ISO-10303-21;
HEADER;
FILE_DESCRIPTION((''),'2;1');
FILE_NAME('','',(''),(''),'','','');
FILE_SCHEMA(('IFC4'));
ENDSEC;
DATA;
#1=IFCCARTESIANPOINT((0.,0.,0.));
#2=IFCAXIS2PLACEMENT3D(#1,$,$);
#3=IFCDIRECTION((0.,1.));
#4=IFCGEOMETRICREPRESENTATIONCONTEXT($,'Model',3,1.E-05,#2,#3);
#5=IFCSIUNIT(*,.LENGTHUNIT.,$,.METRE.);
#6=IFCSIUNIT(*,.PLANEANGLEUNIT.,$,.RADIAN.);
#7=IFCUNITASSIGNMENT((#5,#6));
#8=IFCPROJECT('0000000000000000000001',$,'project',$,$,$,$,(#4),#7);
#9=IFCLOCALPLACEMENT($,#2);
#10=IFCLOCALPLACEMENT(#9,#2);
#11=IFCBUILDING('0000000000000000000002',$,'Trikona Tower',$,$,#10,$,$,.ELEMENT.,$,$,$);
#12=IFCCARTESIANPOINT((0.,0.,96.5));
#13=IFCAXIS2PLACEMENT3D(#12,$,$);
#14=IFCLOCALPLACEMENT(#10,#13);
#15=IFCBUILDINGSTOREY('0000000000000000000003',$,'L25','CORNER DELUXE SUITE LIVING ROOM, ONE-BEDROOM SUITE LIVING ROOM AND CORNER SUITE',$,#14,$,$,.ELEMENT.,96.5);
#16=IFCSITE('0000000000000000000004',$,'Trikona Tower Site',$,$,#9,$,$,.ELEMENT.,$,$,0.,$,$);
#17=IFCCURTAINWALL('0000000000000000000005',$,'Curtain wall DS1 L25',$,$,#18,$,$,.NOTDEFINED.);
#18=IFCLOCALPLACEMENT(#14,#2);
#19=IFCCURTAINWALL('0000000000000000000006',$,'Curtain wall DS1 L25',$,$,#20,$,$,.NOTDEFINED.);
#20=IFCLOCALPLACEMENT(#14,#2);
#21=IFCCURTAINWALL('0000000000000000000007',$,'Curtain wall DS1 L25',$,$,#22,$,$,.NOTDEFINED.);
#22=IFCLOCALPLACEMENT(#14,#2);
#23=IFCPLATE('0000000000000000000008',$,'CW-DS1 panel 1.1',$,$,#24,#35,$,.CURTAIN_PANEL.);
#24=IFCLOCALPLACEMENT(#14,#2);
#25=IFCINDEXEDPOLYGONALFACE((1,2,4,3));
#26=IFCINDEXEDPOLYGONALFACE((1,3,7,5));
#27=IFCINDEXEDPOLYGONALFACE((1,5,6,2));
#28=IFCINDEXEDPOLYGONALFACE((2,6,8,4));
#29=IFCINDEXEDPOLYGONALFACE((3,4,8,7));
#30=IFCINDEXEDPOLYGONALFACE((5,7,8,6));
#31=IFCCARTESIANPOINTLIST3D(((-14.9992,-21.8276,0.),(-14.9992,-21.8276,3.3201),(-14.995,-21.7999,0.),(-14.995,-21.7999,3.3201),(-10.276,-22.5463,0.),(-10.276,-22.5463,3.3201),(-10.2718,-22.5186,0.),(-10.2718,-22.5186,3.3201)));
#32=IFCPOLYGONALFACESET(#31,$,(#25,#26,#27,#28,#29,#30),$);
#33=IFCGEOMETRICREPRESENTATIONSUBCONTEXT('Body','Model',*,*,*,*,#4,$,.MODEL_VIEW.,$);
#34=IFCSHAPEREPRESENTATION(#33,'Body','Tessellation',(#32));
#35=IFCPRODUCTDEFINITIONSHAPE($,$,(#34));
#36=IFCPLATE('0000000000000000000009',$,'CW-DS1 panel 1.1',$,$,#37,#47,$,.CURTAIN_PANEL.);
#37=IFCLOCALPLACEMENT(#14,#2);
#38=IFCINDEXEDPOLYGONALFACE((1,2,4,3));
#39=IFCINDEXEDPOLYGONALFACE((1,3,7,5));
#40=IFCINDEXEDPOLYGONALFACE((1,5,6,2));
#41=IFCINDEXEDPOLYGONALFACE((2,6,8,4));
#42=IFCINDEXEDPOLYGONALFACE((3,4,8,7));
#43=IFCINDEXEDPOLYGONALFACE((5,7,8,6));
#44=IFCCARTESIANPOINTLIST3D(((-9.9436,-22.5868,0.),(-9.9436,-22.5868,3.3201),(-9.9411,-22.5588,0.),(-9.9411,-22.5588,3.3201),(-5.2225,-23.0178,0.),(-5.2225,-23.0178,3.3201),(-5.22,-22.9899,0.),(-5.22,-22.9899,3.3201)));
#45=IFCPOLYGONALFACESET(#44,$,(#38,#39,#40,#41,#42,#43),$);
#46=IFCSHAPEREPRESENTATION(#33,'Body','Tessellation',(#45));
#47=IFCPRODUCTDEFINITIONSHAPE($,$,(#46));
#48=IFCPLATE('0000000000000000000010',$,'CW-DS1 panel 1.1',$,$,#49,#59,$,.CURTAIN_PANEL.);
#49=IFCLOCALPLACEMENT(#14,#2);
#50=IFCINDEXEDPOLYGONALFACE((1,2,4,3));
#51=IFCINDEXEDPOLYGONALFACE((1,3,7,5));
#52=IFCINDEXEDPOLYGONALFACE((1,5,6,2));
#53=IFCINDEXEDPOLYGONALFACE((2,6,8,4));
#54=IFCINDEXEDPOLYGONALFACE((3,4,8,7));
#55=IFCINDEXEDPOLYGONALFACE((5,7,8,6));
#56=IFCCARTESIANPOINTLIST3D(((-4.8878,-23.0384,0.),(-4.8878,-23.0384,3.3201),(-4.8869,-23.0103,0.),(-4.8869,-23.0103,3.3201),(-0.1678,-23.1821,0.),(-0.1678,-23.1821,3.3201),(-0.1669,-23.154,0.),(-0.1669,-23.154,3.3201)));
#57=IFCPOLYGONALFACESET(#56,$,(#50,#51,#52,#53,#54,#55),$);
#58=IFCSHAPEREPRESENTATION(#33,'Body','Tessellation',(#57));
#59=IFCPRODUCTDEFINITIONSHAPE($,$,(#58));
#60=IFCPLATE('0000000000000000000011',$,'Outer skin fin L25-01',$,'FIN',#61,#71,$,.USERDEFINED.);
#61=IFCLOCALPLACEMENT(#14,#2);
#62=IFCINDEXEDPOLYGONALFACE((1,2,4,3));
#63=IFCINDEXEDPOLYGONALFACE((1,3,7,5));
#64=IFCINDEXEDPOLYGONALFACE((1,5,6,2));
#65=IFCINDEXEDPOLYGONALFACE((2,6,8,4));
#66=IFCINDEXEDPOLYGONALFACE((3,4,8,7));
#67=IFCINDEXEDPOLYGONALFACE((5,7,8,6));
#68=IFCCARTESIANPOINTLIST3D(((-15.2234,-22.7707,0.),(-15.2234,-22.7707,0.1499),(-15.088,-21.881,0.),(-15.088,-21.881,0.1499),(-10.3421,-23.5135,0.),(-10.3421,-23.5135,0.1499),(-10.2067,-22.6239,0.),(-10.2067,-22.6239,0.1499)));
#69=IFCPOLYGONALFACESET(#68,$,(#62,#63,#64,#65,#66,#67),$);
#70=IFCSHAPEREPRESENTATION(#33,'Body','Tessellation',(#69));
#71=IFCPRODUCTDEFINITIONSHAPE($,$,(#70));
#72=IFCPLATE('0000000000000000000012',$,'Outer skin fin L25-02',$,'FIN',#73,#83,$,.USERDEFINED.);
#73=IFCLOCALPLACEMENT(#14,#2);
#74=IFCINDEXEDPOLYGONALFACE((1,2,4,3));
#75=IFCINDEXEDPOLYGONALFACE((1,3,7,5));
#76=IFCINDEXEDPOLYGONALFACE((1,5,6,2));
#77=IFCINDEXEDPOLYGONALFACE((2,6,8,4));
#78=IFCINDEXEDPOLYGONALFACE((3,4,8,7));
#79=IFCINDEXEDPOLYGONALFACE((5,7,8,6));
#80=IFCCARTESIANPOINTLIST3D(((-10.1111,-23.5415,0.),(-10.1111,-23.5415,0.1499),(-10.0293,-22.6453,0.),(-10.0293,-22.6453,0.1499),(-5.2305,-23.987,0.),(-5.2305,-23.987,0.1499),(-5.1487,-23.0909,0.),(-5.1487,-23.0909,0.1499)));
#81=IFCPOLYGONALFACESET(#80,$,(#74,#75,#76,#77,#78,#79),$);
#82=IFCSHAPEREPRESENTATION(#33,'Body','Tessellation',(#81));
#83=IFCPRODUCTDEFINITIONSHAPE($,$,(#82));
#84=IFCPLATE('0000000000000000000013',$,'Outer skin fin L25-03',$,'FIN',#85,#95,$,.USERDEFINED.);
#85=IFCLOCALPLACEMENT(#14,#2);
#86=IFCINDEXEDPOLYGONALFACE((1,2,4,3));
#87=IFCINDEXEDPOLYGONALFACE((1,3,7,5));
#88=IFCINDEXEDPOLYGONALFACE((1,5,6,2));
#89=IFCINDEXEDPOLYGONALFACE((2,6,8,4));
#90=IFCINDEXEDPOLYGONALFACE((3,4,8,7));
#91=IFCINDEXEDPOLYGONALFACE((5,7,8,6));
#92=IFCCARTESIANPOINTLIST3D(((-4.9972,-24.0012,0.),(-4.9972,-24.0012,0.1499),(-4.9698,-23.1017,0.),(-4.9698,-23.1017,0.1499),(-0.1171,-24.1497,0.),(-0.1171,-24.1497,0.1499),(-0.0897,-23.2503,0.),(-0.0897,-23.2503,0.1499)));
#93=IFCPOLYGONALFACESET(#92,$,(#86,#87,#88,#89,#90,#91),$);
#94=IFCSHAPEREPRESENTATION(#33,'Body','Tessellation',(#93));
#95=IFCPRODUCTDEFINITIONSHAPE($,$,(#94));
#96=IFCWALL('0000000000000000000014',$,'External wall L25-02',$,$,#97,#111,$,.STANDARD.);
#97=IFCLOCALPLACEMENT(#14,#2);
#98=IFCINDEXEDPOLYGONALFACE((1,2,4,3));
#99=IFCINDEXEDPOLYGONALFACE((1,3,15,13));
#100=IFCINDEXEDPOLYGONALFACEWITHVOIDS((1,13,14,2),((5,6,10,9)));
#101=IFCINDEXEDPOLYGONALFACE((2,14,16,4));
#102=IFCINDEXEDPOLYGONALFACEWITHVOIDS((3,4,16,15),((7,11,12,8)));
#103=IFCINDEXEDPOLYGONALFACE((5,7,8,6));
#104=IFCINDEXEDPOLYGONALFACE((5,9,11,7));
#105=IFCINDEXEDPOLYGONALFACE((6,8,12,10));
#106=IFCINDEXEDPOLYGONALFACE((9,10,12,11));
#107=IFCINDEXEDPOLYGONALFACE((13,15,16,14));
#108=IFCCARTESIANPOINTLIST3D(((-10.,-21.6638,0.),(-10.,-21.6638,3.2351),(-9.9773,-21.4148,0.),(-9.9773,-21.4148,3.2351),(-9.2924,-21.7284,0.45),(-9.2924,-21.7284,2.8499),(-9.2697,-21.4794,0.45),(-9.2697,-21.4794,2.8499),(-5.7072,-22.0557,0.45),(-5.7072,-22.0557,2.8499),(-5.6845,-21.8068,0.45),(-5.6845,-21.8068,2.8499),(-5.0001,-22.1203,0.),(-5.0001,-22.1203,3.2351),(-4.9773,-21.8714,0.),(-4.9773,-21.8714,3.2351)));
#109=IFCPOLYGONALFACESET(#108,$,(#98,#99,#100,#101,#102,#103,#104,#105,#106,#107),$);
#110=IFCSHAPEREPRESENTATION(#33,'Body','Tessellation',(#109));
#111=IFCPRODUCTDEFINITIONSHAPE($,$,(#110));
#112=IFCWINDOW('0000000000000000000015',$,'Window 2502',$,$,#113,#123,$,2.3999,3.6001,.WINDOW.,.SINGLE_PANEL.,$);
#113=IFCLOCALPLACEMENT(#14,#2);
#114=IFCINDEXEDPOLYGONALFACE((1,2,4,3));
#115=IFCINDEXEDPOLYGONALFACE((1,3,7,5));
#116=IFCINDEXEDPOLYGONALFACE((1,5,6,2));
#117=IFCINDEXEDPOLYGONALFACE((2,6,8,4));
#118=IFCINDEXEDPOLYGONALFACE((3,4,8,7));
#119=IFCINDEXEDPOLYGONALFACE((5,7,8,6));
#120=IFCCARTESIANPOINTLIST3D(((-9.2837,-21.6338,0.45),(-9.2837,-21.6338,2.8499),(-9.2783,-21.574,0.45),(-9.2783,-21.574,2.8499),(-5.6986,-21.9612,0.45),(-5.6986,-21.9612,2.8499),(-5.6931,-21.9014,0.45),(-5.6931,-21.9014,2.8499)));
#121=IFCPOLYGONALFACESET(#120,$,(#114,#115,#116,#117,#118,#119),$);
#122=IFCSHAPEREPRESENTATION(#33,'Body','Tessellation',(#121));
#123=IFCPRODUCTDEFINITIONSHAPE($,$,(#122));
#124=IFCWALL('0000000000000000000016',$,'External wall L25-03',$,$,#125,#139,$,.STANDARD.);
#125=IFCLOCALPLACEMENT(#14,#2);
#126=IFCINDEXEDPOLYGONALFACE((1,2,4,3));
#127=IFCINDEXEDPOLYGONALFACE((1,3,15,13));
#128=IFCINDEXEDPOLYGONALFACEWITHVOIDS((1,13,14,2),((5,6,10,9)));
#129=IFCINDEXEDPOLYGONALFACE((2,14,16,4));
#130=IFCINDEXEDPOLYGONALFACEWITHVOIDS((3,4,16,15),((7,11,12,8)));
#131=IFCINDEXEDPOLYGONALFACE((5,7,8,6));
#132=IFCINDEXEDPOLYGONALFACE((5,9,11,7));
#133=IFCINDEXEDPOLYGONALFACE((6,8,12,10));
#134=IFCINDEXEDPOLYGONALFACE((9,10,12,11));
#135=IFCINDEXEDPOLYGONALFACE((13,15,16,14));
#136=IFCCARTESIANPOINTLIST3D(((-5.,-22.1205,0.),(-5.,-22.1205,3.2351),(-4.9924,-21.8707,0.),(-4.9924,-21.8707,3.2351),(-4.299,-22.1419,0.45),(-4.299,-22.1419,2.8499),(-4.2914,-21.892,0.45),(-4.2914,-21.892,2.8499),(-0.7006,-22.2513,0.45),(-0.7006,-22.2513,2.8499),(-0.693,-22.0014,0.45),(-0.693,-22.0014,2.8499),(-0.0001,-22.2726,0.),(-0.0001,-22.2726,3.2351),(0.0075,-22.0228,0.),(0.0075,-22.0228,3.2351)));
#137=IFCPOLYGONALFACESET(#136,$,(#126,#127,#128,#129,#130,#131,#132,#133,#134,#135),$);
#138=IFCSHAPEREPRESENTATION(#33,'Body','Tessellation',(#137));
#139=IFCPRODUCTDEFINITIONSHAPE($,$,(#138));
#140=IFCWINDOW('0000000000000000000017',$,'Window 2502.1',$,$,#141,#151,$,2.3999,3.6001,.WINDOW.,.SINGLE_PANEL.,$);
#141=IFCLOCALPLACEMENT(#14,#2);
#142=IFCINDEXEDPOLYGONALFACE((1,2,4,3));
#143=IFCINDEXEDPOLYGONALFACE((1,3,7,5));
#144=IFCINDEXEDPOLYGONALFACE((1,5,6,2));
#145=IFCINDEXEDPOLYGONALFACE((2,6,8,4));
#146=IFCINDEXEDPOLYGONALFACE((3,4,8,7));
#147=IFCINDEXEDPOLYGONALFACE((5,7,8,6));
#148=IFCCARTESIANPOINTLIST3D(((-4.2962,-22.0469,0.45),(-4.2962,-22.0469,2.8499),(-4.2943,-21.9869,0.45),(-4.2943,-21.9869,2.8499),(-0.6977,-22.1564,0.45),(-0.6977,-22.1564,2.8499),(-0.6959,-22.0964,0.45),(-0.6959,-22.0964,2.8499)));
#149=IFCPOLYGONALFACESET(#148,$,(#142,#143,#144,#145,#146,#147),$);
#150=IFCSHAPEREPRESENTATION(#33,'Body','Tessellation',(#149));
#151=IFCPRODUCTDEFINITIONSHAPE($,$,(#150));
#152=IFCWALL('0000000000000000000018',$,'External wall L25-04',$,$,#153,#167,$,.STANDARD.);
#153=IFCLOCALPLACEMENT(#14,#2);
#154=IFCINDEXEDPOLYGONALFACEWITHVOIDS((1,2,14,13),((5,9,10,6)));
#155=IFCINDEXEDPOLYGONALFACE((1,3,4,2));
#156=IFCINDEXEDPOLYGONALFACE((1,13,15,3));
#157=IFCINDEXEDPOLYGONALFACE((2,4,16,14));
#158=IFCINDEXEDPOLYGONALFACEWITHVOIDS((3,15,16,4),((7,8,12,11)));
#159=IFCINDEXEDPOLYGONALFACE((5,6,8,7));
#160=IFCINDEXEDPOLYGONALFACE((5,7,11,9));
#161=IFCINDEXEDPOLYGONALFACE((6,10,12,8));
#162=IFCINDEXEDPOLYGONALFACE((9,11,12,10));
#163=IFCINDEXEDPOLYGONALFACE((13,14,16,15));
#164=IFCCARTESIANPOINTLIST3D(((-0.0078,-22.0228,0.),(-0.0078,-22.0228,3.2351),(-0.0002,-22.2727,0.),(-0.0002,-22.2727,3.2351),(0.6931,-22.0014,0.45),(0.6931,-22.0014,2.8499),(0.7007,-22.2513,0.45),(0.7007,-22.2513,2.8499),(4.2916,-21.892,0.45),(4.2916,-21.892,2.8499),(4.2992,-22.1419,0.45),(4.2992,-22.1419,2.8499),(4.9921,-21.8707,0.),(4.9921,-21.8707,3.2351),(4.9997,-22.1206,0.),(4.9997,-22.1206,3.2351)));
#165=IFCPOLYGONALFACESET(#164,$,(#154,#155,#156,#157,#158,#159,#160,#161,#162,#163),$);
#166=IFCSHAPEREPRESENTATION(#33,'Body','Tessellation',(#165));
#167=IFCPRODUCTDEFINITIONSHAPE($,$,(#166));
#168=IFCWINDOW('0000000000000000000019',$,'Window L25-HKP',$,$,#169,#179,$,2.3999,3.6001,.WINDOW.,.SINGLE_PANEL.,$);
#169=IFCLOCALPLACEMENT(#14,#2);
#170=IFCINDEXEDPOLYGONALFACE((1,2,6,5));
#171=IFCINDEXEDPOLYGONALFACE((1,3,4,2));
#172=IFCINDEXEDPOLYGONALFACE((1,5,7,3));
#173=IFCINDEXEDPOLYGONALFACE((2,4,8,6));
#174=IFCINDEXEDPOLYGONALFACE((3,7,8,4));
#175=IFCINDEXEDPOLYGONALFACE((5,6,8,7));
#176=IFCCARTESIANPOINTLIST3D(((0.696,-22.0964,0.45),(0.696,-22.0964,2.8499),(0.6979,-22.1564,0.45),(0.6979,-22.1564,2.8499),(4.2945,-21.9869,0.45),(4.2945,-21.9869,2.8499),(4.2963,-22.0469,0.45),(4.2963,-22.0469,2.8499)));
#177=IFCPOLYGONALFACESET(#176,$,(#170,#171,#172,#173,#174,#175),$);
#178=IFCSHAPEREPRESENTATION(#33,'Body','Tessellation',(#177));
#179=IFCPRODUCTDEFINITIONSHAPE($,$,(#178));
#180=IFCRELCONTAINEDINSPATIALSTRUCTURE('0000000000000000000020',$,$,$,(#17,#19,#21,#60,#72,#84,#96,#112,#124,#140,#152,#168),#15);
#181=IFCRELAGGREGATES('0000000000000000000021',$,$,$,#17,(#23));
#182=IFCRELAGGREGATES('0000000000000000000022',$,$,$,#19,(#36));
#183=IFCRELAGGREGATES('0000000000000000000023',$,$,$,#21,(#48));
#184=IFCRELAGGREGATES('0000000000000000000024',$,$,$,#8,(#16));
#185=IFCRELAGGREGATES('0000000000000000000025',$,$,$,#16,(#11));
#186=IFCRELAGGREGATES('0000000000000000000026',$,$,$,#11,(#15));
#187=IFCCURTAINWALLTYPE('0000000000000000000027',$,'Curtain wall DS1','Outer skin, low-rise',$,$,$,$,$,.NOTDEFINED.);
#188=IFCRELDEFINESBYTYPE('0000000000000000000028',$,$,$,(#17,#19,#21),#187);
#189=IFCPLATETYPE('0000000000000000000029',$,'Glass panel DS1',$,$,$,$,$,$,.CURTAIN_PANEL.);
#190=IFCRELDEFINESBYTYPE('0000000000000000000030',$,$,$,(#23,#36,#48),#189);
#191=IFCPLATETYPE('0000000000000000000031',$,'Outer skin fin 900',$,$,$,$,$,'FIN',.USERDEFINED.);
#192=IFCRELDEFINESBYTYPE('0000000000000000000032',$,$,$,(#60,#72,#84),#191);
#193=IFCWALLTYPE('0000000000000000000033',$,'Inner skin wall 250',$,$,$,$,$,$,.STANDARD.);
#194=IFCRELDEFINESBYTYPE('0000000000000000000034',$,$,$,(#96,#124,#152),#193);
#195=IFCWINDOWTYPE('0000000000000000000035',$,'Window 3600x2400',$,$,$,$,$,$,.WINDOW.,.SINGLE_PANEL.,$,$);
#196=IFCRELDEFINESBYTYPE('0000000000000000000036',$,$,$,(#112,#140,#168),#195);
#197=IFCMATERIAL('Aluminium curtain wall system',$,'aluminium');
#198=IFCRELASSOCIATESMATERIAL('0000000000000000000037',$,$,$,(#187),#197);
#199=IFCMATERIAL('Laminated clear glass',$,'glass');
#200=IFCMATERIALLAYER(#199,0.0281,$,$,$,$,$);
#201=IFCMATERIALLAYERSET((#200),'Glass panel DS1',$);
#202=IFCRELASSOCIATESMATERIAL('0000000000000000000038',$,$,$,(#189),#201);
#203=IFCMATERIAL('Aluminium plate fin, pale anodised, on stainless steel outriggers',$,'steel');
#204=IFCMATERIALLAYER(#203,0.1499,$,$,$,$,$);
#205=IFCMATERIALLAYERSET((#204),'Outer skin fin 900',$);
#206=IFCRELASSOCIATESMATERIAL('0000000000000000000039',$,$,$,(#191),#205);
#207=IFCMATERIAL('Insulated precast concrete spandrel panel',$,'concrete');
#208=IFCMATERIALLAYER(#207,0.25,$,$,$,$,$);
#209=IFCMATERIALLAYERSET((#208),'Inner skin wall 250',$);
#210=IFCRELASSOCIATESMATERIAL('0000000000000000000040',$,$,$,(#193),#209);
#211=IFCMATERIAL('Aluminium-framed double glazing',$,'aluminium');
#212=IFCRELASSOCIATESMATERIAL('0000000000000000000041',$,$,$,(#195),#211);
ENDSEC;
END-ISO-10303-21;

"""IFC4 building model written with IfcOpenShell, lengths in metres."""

from ifc_helpers import new_model, si_unit, direction, frame, frame_2d, origin, origin_2d, place, context, subcontext, project, spatial, rectangle, extrude, material, layer, layer_set, type_object, element, fill, aggregate, save


model = new_model("IFC4")

# Units and contexts
model_context = context("Model", 3, precision=1e-05, world=origin(), true_north=direction((0.0, 1.0)))
body_context = subcontext(model_context, "Body", "Model", "MODEL_VIEW")
ifc_project = project(units=[si_unit("LENGTHUNIT", "METRE"), si_unit("PLANEANGLEUNIT", "RADIAN")], contexts=[model_context])

# Site, building, storey
site_placement = place(None, origin())
site = spatial("IfcSite", under=ifc_project, at=site_placement, Name="Trikona Tower Site", CompositionType="ELEMENT", RefElevation=0.0)
building_placement = place(site_placement, origin())
building = spatial("IfcBuilding", under=site, at=building_placement, Name="Trikona Tower", CompositionType="ELEMENT")
storey_placement = place(building_placement, frame((0.0, 0.0, 96.5)))
storey = spatial("IfcBuildingStorey", under=building, at=storey_placement, Name="L25", Description="CORNER DELUXE SUITE LIVING ROOM, ONE-BEDROOM SUITE LIVING ROOM AND CORNER SUITE", CompositionType="ELEMENT", Elevation=96.5)

# Curtain wall
ifc_material_1 = material(Name="Aluminium curtain wall system", Category="aluminium")
curtain_wall_type = type_object("IfcCurtainWallType", Name="Curtain wall DS1", Description="Outer skin, low-rise", PredefinedType="NOTDEFINED", material=ifc_material_1)
curtain_wall_1_placement = place(storey_placement, origin())
curtain_wall_1 = element("IfcCurtainWall", 1, at=curtain_wall_1_placement, inside=storey, type_object=curtain_wall_type, Name="Curtain wall DS1 L25", PredefinedType="NOTDEFINED")

# Curtain walls
curtain_wall_2_placement = place(storey_placement, origin())
curtain_wall_2 = element("IfcCurtainWall", 2, at=curtain_wall_2_placement, inside=storey, type_object=curtain_wall_type, Name="Curtain wall DS1 L25", PredefinedType="NOTDEFINED")
curtain_wall_3_placement = place(storey_placement, origin())
curtain_wall_3 = element("IfcCurtainWall", 3, at=curtain_wall_3_placement, inside=storey, type_object=curtain_wall_type, Name="Curtain wall DS1 L25", PredefinedType="NOTDEFINED")

# Plates
ifc_material_2 = material(Name="Laminated clear glass", Category="glass")
ifc_layer_1 = layer(ifc_material_2, 0.0281)
ifc_layer_set_1 = layer_set([ifc_layer_1], Name="Glass panel DS1")
plate_type_1 = type_object("IfcPlateType", Name="Glass panel DS1", PredefinedType="CURTAIN_PANEL", material=ifc_layer_set_1)
plate_1_placement = place(storey_placement, frame((-12.6355, -22.1731, 0.0), z_axis=(0.0, 0.0, 1.0), x_axis=(0.988619, -0.150438, 0.0)))
plate_1 = element("IfcPlate", 4, at=plate_1_placement, type_object=plate_type_1, Name="CW-DS1 panel 1.1", PredefinedType="CURTAIN_PANEL", context=body_context, shape_type="SweptSolid", body=[
    extrude(rectangle(XDim=4.7776, YDim=0.0281, at=origin_2d()), origin(), (0.0, 0.0, 1.0), 3.3201),
])
aggregate(curtain_wall_1, [plate_1])
plate_2_placement = place(storey_placement, frame((-7.5818, -22.7883, 0.0), z_axis=(0.0, 0.0, 1.0), x_axis=(0.995858, -0.090924, 0.0)))
plate_2 = element("IfcPlate", 5, at=plate_2_placement, type_object=plate_type_1, Name="CW-DS1 panel 1.1", PredefinedType="CURTAIN_PANEL", context=body_context, shape_type="SweptSolid", body=[
    extrude(rectangle(XDim=4.7407, YDim=0.0281, at=origin_2d()), origin(), (0.0, 0.0, 1.0), 3.3201),
])
aggregate(curtain_wall_2, [plate_2])
plate_3_placement = place(storey_placement, frame((-2.5273, -23.0962, 0.0), z_axis=(0.0, 0.0, 1.0), x_axis=(0.999537, -0.030437, 0.0)))
plate_3 = element("IfcPlate", 6, at=plate_3_placement, type_object=plate_type_1, Name="CW-DS1 panel 1.1", PredefinedType="CURTAIN_PANEL", context=body_context, shape_type="SweptSolid", body=[
    extrude(rectangle(XDim=4.7222, YDim=0.0281, at=origin_2d()), origin(), (0.0, 0.0, 1.0), 3.3201),
])
aggregate(curtain_wall_3, [plate_3])

# Plates
ifc_material_3 = material(Name="Aluminium plate fin, pale anodised, on stainless steel outriggers", Category="steel")
ifc_layer_2 = layer(ifc_material_3, 0.1499)
ifc_layer_set_2 = layer_set([ifc_layer_2], Name="Outer skin fin 900")
plate_type_2 = type_object("IfcPlateType", Name="Outer skin fin 900", ElementType="FIN", PredefinedType="USERDEFINED", material=ifc_layer_set_2)
plate_4_placement = place(storey_placement, frame((-12.7151, -22.6973, 0.0), z_axis=(0.0, 0.0, 1.0), x_axis=(0.988618, -0.150448, 0.0)))
element("IfcPlate", 7, at=plate_4_placement, inside=storey, type_object=plate_type_2, Name="Outer skin fin L25-01", ObjectType="FIN", PredefinedType="USERDEFINED", context=body_context, shape_type="SweptSolid", body=[
    extrude(rectangle(XDim=4.9375, YDim=0.8999, at=origin_2d()), origin(), (0.0, 0.0, 1.0), 0.1499),
])
plate_5_placement = place(storey_placement, frame((-7.6299, -23.3162, 0.0), z_axis=(0.0, 0.0, 1.0), x_axis=(0.995858, -0.090921, 0.0)))
element("IfcPlate", 8, at=plate_5_placement, inside=storey, type_object=plate_type_2, Name="Outer skin fin L25-02", ObjectType="FIN", PredefinedType="USERDEFINED", context=body_context, shape_type="SweptSolid", body=[
    extrude(rectangle(XDim=4.9009, YDim=0.8999, at=origin_2d()), origin(), (0.0, 0.0, 1.0), 0.1499),
])
plate_6_placement = place(storey_placement, frame((-2.5435, -23.6257, 0.0), z_axis=(0.0, 0.0, 1.0), x_axis=(0.999537, -0.030425, 0.0)))
element("IfcPlate", 9, at=plate_6_placement, inside=storey, type_object=plate_type_2, Name="Outer skin fin L25-03", ObjectType="FIN", PredefinedType="USERDEFINED", context=body_context, shape_type="SweptSolid", body=[
    extrude(rectangle(XDim=4.8823, YDim=0.8999, at=origin_2d()), origin(), (0.0, 0.0, 1.0), 0.1499),
])

# Walls, openings, windows
ifc_material_4 = material(Name="Insulated precast concrete spandrel panel", Category="concrete")
ifc_layer_3 = layer(ifc_material_4, 0.25)
ifc_layer_set_3 = layer_set([ifc_layer_3], Name="Inner skin wall 250")
wall_type = type_object("IfcWallType", Name="Inner skin wall 250", PredefinedType="STANDARD", material=ifc_layer_set_3)
wall_1_placement = place(storey_placement, frame((-9.9885, -21.5393, 0.0), z_axis=(0.0, 0.0, 1.0), x_axis=(0.995857, -0.09093, 0.0)))
wall_1 = element("IfcWall", 10, at=wall_1_placement, inside=storey, type_object=wall_type, Name="External wall L25-02", PredefinedType="STANDARD", context=body_context, shape_type="SweptSolid", body=[
    extrude(rectangle(XDim=5.0208, YDim=0.25, at=frame_2d((2.5103, 0.0))), origin(), (0.0, 0.0, 1.0), 3.2351),
])
opening_1_placement = place(wall_1_placement, frame((0.7104, 0.0, 0.45)))
opening_1 = element("IfcOpeningElement", 11, at=opening_1_placement, cuts=wall_1, PredefinedType="OPENING", context=body_context, shape_type="SweptSolid", body=[
    extrude(rectangle(XDim=3.6001, YDim=2.3999, at=frame_2d((1.8, 1.2))), frame((0.0, 0.135, 0.0), z_axis=(0.0, -1.0, 0.0), x_axis=(1.0, 0.0, 0.0)), (0.0, 0.0, 1.0), 0.27),
])
ifc_material_5 = material(Name="Aluminium-framed double glazing", Category="aluminium")
window_type = type_object("IfcWindowType", Name="Window 3600x2400", PartitioningType="SINGLE_PANEL", PredefinedType="WINDOW", material=ifc_material_5)
window_1_placement = place(opening_1_placement, origin())
window_1 = element("IfcWindow", 12, at=window_1_placement, inside=storey, type_object=window_type, Name="Window 2502", OverallHeight=2.3999, OverallWidth=3.6001, PartitioningType="SINGLE_PANEL", PredefinedType="WINDOW", context=body_context, shape_type="SweptSolid", body=[
    extrude(rectangle(XDim=3.6001, YDim=2.3999, at=frame_2d((1.8, 1.2))), frame((0.0, 0.03, 0.0), z_axis=(0.0, -1.0, 0.0), x_axis=(1.0, 0.0, 0.0)), (0.0, 0.0, 1.0), 0.0601),
])
fill(opening_1, window_1)
wall_2_placement = place(storey_placement, frame((-4.9961, -21.9956, 0.0), z_axis=(0.0, 0.0, 1.0), x_axis=(0.999538, -0.030406, 0.0)))
wall_2 = element("IfcWall", 13, at=wall_2_placement, inside=storey, type_object=wall_type, Name="External wall L25-03", PredefinedType="STANDARD", context=body_context, shape_type="SweptSolid", body=[
    extrude(rectangle(XDim=5.0022, YDim=0.25, at=frame_2d((2.501, 0.0))), origin(), (0.0, 0.0, 1.0), 3.2351),
])
opening_2_placement = place(wall_2_placement, frame((0.7012, 0.0, 0.45)))
opening_2 = element("IfcOpeningElement", 14, at=opening_2_placement, cuts=wall_2, PredefinedType="OPENING", context=body_context, shape_type="SweptSolid", body=[
    extrude(rectangle(XDim=3.6001, YDim=2.3999, at=frame_2d((1.8, 1.2))), frame((0.0, 0.135, 0.0), z_axis=(0.0, -1.0, 0.0), x_axis=(1.0, 0.0, 0.0)), (0.0, 0.0, 1.0), 0.27),
])
window_2_placement = place(opening_2_placement, origin())
window_2 = element("IfcWindow", 15, at=window_2_placement, inside=storey, type_object=window_type, Name="Window 2502.1", OverallHeight=2.3999, OverallWidth=3.6001, PartitioningType="SINGLE_PANEL", PredefinedType="WINDOW", context=body_context, shape_type="SweptSolid", body=[
    extrude(rectangle(XDim=3.6001, YDim=2.3999, at=frame_2d((1.8, 1.2))), frame((0.0, 0.03, 0.0), z_axis=(0.0, -1.0, 0.0), x_axis=(1.0, 0.0, 0.0)), (0.0, 0.0, 1.0), 0.0601),
])
fill(opening_2, window_2)
wall_3_placement = place(storey_placement, frame((-0.0039, -22.1477, 0.0), z_axis=(0.0, 0.0, 1.0), x_axis=(0.999538, 0.030406, 0.0)))
wall_3 = element("IfcWall", 16, at=wall_3_placement, inside=storey, type_object=wall_type, Name="External wall L25-04", PredefinedType="STANDARD", context=body_context, shape_type="SweptSolid", body=[
    extrude(rectangle(XDim=5.0022, YDim=0.25, at=frame_2d((2.501, 0.0))), origin(), (0.0, 0.0, 1.0), 3.2351),
])
opening_3_placement = place(wall_3_placement, frame((0.7012, 0.0, 0.45)))
opening_3 = element("IfcOpeningElement", 17, at=opening_3_placement, cuts=wall_3, PredefinedType="OPENING", context=body_context, shape_type="SweptSolid", body=[
    extrude(rectangle(XDim=3.6001, YDim=2.3999, at=frame_2d((1.8, 1.2))), frame((0.0, 0.135, 0.0), z_axis=(0.0, -1.0, 0.0), x_axis=(1.0, 0.0, 0.0)), (0.0, 0.0, 1.0), 0.27),
])
window_3_placement = place(opening_3_placement, origin())
window_3 = element("IfcWindow", 18, at=window_3_placement, inside=storey, type_object=window_type, Name="Window L25-HKP", OverallHeight=2.3999, OverallWidth=3.6001, PartitioningType="SINGLE_PANEL", PredefinedType="WINDOW", context=body_context, shape_type="SweptSolid", body=[
    extrude(rectangle(XDim=3.6001, YDim=2.3999, at=frame_2d((1.8, 1.2))), frame((0.0, 0.03, 0.0), z_axis=(0.0, -1.0, 0.0), x_axis=(1.0, 0.0, 0.0)), (0.0, 0.0, 1.0), 0.0601),
])
fill(opening_3, window_3)

save(model, "model.ifc")
